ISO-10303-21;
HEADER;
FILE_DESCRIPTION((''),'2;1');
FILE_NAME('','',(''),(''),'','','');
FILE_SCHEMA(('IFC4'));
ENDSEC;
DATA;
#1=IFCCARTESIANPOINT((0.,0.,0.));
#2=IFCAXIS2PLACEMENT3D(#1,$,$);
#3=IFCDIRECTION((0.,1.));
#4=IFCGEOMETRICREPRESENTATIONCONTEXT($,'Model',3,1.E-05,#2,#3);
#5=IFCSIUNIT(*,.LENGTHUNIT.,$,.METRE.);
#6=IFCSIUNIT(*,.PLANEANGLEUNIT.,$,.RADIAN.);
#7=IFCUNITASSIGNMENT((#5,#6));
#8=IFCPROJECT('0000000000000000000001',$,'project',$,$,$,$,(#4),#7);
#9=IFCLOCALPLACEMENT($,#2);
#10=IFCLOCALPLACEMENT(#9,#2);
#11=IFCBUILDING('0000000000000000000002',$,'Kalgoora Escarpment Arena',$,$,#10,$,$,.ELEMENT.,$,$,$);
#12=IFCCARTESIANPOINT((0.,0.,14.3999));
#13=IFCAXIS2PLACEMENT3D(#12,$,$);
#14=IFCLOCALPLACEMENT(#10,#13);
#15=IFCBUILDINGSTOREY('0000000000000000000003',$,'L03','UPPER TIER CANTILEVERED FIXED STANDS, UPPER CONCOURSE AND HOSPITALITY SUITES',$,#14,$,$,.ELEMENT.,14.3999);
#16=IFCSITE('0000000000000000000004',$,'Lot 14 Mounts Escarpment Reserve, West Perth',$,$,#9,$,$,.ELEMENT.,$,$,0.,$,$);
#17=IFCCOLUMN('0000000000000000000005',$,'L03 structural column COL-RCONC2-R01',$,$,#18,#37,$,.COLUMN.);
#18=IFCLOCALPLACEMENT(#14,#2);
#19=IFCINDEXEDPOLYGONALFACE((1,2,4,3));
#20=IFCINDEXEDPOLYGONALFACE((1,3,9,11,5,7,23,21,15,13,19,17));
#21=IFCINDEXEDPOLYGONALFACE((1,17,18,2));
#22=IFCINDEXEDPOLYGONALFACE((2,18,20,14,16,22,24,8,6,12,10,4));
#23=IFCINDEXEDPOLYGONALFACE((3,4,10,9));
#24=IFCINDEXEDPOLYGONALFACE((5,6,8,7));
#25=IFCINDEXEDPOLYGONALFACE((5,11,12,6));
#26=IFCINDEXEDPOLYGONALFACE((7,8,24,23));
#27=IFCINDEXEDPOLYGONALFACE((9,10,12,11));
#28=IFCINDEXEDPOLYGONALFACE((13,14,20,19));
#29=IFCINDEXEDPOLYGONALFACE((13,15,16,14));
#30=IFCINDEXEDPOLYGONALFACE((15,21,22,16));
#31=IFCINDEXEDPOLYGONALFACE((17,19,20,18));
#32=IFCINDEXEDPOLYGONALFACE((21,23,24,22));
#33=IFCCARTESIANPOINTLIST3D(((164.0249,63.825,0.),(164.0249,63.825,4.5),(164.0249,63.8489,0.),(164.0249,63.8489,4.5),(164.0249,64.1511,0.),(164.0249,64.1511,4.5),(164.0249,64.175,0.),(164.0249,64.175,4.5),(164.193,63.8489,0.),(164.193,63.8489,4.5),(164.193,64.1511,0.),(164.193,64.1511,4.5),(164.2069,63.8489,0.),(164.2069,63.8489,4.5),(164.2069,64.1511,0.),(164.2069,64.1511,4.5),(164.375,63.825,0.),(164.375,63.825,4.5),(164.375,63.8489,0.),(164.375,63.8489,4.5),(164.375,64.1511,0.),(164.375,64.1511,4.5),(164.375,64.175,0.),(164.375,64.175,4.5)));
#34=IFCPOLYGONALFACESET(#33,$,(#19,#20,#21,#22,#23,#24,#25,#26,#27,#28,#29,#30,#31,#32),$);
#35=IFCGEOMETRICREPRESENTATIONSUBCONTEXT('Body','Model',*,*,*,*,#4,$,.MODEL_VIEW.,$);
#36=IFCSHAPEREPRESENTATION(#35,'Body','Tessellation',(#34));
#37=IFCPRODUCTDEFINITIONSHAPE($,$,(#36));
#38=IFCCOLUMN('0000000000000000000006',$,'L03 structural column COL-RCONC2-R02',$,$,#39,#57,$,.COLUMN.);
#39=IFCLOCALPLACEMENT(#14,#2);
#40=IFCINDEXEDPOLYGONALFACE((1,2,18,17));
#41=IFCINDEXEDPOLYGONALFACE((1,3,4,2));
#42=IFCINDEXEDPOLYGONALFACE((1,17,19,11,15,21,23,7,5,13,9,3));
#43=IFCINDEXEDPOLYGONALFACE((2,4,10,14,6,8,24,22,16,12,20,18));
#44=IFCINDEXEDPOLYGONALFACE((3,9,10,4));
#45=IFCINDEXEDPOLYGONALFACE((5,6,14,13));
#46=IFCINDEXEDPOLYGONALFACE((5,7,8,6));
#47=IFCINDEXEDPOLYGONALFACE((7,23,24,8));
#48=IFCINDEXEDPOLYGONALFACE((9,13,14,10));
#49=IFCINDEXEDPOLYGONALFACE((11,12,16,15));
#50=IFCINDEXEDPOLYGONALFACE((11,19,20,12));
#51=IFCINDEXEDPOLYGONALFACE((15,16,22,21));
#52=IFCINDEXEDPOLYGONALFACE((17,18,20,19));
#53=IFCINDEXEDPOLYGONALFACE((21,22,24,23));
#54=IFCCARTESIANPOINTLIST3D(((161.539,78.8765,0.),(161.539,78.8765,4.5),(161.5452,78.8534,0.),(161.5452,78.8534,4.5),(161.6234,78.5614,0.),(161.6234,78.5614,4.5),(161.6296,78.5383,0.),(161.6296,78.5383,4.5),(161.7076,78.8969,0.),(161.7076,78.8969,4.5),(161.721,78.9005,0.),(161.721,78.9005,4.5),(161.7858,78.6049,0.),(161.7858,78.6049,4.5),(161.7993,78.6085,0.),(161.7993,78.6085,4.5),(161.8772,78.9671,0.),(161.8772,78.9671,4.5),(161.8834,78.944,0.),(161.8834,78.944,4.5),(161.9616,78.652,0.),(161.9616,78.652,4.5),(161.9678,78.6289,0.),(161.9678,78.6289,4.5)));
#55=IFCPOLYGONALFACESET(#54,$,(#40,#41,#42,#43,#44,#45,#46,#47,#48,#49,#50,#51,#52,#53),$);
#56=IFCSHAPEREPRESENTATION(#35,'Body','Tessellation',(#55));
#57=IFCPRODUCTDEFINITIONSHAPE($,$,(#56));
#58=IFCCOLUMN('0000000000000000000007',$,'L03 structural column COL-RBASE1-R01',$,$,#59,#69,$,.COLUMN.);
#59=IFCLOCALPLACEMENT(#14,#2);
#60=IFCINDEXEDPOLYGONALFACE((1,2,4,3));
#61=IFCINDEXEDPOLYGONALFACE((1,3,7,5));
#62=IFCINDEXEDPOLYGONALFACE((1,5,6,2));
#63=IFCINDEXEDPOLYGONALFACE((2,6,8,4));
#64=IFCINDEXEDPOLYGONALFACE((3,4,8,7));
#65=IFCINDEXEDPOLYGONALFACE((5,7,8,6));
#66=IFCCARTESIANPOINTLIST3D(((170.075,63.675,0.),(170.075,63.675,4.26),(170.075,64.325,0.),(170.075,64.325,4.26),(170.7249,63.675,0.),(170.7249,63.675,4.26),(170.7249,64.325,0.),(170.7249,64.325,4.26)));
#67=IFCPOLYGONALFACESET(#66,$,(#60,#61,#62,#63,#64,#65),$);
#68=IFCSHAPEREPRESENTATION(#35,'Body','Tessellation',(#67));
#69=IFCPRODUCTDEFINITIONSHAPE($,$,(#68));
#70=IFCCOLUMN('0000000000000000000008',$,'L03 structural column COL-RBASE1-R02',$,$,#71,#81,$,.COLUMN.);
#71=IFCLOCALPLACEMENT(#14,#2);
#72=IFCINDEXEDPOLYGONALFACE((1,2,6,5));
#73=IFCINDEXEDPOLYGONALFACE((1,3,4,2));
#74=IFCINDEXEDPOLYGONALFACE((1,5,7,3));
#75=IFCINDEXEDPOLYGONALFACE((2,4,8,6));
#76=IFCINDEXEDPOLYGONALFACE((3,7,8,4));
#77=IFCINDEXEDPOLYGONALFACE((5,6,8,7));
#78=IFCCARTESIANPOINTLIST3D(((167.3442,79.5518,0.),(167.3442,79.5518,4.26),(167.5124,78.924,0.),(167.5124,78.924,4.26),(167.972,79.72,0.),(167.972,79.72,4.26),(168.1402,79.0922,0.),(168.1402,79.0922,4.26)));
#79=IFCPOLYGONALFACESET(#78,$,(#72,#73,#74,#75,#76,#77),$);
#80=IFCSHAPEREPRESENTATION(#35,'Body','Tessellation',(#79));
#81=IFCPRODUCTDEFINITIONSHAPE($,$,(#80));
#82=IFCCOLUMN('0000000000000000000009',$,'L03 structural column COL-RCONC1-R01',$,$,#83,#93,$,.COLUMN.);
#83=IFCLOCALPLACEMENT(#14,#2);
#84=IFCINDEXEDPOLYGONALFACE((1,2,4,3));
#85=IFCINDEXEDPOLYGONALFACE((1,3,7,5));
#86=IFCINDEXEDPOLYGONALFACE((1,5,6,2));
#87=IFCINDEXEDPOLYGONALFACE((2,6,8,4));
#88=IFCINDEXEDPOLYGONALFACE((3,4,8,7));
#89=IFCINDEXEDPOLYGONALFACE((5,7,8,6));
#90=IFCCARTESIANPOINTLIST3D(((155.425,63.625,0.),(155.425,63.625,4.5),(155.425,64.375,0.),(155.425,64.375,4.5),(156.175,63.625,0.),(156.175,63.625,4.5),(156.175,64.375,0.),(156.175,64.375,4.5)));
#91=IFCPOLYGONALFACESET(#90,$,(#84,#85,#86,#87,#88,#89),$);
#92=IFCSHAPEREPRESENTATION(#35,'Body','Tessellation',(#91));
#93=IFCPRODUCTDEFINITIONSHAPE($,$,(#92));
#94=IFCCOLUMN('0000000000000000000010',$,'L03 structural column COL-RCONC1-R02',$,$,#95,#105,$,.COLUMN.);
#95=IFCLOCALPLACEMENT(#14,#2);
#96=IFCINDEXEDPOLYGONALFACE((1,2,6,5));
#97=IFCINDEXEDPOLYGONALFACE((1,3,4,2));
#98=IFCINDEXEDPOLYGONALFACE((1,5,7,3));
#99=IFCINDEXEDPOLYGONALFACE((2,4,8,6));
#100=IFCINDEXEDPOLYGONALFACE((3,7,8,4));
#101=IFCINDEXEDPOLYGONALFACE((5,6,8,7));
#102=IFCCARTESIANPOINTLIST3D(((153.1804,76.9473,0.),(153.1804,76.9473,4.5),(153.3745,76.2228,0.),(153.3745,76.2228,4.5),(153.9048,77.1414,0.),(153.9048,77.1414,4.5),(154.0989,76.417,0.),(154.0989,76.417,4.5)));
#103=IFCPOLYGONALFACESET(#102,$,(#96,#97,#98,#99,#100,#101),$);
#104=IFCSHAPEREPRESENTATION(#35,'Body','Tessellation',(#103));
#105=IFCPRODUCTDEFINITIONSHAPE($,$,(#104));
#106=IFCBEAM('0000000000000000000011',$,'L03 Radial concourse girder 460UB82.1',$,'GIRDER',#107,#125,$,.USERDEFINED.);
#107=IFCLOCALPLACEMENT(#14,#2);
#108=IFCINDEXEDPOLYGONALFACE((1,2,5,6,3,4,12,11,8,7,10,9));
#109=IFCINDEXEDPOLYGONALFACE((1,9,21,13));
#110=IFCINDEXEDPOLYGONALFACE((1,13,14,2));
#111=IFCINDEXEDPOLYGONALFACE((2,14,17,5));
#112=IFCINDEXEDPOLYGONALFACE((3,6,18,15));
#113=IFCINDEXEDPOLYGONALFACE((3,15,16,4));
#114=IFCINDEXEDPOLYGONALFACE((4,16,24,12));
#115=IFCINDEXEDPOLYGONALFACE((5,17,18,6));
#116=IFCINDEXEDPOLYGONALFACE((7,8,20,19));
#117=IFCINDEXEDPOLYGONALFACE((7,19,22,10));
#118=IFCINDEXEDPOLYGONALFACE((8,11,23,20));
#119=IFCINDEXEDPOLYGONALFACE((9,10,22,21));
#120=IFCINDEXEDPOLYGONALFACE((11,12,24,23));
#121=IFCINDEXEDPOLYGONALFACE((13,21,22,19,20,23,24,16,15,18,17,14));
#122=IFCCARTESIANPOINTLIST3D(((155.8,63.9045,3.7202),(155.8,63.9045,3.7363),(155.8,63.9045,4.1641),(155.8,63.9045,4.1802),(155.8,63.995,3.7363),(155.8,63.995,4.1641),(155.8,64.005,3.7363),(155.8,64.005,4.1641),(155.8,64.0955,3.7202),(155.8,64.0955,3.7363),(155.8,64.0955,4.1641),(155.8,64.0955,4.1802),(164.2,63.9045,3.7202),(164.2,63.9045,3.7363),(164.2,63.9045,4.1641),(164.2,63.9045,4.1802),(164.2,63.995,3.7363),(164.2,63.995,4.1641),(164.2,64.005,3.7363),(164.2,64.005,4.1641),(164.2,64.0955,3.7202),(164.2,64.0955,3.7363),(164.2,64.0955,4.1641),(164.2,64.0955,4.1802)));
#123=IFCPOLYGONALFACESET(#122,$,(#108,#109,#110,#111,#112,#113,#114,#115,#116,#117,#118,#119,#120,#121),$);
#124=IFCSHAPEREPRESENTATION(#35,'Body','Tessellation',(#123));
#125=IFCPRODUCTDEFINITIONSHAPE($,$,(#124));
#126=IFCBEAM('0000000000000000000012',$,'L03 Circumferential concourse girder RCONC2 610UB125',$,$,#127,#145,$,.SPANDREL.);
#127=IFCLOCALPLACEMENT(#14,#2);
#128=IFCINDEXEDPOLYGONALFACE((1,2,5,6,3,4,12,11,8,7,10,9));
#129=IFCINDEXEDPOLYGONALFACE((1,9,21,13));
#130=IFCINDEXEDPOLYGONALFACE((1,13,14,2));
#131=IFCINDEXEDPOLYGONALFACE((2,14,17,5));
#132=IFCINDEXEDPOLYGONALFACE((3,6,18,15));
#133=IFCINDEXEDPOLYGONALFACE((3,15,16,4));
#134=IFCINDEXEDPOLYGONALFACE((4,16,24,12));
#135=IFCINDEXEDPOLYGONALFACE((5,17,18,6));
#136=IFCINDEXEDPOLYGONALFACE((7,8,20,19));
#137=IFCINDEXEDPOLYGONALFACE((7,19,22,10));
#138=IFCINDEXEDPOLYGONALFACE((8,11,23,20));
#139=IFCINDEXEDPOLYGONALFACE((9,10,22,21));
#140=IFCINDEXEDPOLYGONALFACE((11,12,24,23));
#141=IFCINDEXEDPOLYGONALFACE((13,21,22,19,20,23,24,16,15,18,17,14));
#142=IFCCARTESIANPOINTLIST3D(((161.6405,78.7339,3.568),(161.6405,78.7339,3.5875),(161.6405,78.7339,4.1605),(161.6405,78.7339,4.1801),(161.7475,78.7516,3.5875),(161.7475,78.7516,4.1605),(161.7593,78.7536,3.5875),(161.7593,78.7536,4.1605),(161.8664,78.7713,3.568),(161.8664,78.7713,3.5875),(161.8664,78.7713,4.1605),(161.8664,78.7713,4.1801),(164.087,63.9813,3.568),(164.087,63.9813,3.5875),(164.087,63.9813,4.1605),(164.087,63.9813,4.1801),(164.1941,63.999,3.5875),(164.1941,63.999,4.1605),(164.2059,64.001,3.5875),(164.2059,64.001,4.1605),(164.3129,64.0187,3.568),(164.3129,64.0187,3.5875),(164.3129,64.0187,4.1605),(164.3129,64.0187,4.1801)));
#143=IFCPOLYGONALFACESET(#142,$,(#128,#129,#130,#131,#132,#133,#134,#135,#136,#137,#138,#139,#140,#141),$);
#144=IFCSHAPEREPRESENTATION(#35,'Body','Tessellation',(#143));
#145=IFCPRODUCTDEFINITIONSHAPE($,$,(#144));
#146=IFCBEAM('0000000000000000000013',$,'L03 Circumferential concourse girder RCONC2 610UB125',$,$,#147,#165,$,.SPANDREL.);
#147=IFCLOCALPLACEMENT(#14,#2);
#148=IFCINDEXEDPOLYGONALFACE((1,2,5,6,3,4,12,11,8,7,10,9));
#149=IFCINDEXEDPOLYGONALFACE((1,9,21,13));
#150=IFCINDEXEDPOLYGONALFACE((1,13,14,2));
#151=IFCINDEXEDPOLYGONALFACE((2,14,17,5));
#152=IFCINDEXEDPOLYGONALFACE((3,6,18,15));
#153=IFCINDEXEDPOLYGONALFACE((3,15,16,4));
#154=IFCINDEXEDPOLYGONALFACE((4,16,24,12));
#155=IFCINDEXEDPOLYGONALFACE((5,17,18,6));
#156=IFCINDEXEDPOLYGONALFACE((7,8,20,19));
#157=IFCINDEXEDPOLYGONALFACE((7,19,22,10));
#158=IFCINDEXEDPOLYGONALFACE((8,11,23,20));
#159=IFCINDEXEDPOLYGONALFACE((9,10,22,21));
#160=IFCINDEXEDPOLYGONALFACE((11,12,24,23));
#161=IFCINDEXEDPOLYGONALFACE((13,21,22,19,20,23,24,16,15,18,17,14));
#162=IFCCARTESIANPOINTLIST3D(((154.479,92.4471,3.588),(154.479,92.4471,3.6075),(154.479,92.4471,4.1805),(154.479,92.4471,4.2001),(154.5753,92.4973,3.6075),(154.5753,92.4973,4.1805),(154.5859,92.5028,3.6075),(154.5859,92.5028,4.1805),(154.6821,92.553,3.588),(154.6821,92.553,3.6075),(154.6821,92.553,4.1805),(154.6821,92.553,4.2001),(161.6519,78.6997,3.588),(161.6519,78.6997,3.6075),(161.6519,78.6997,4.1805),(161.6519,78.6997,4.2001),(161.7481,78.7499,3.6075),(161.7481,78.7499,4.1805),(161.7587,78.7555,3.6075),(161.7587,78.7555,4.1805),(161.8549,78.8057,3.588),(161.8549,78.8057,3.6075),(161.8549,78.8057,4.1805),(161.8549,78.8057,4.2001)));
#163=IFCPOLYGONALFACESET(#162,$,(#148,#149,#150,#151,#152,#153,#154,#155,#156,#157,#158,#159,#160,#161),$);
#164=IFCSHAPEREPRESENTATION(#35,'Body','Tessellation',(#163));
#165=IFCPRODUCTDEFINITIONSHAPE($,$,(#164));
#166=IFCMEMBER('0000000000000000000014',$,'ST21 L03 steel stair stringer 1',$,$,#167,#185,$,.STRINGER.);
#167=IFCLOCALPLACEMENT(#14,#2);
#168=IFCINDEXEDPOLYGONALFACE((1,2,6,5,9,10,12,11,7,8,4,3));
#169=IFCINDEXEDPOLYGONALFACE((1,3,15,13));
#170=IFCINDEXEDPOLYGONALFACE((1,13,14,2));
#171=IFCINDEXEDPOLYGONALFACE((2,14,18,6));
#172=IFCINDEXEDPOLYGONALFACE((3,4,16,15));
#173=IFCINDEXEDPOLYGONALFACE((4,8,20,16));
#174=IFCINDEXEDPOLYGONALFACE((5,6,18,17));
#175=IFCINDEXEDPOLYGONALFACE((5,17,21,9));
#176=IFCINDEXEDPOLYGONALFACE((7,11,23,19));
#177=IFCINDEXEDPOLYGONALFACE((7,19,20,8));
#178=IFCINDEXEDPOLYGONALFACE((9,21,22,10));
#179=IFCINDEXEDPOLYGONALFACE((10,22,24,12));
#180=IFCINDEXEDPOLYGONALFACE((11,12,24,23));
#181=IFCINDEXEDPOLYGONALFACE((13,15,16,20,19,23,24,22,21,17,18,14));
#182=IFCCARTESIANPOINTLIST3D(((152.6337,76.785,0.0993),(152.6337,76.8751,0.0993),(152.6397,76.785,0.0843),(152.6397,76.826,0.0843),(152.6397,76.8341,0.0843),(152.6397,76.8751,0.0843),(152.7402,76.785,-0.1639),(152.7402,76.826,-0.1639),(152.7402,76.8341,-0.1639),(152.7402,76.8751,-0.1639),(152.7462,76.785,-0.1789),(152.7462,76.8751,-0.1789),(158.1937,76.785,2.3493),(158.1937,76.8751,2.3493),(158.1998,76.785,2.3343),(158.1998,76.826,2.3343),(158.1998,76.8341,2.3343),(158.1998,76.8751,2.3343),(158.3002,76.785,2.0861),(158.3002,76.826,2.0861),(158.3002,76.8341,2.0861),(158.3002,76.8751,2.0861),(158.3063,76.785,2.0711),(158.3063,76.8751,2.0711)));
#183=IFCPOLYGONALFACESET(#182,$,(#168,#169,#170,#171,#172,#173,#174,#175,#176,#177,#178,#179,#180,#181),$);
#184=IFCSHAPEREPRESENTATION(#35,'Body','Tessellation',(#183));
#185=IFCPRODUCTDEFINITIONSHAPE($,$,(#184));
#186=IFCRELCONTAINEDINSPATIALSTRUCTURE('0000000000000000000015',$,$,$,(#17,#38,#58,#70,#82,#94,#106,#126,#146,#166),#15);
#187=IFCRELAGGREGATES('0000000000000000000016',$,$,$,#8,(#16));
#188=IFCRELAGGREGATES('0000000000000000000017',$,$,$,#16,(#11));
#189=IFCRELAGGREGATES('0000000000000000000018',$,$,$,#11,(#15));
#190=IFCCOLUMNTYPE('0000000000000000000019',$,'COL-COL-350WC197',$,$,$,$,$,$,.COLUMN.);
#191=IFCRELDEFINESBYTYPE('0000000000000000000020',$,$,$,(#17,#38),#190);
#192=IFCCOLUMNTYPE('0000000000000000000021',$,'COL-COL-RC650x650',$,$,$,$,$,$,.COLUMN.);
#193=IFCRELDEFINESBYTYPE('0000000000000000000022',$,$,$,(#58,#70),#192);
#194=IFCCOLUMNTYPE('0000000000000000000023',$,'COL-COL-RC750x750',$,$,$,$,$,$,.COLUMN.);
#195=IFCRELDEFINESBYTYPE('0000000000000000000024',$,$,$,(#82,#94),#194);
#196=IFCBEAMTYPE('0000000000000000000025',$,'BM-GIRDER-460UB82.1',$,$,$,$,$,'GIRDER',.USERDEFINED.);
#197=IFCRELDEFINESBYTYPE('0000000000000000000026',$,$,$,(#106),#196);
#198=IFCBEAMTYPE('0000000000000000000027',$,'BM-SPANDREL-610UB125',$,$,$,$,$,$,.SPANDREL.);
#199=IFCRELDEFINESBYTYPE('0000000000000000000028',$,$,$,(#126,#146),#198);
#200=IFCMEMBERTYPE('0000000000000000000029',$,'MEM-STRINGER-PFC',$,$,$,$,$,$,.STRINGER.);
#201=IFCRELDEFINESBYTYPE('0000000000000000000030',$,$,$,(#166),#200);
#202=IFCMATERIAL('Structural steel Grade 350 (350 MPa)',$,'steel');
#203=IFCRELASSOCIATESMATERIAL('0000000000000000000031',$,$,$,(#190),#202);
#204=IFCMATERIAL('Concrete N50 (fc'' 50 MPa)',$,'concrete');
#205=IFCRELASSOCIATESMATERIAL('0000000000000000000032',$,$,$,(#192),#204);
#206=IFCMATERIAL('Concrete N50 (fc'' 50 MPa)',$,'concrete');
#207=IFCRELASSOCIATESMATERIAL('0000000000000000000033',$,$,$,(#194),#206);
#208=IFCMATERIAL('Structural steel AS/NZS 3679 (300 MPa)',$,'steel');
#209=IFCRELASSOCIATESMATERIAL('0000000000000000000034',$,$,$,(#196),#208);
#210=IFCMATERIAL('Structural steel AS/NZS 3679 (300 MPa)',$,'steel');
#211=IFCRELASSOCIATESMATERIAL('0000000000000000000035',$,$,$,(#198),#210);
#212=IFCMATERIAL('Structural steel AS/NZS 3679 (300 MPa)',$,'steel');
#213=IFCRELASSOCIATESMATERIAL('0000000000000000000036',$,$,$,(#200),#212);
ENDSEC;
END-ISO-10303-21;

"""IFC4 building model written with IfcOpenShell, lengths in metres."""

from ifc_helpers import new_model, si_unit, direction, frame, origin, origin_2d, place, context, subcontext, project, spatial, rectangle, i_section, extrude, material, material_profile, profile_set, type_object, element, save


model = new_model("IFC4")

# Units and contexts
model_context = context("Model", 3, precision=1e-05, world=origin(), true_north=direction((0.0, 1.0)))
body_context = subcontext(model_context, "Body", "Model", "MODEL_VIEW")
ifc_project = project(units=[si_unit("LENGTHUNIT", "METRE"), si_unit("PLANEANGLEUNIT", "RADIAN")], contexts=[model_context])

# Site, building, storey
site_placement = place(None, origin())
site = spatial("IfcSite", under=ifc_project, at=site_placement, Name="Lot 14 Mounts Escarpment Reserve, West Perth", CompositionType="ELEMENT", RefElevation=0.0)
building_placement = place(site_placement, origin())
building = spatial("IfcBuilding", under=site, at=building_placement, Name="Kalgoora Escarpment Arena", CompositionType="ELEMENT")
storey_placement = place(building_placement, frame((0.0, 0.0, 14.3999)))
storey = spatial("IfcBuildingStorey", under=building, at=storey_placement, Name="L03", Description="UPPER TIER CANTILEVERED FIXED STANDS, UPPER CONCOURSE AND HOSPITALITY SUITES", CompositionType="ELEMENT", Elevation=14.3999)

# Columns
ifc_material_1 = material(Name="Structural steel Grade 350 (350 MPa)", Category="steel")
ifc_material_profile_1 = material_profile(ifc_material_1, i_section(OverallWidth=0.3501, OverallDepth=0.3501, WebThickness=0.0139, FlangeThickness=0.0239, at=origin_2d()))
ifc_profile_set_1 = profile_set([ifc_material_profile_1], Name="Structural steel Grade 350 (350 MPa)")
column_type_1 = type_object("IfcColumnType", Name="COL-COL-350WC197", PredefinedType="COLUMN", material=ifc_profile_set_1)
for number, where, z_axis, x_axis, name in (
    (1, (164.2, 64.0, 0.0), (0.0, 0.0, 1.0), (1.0, 0.0, 0.0), "L03 structural column COL-RCONC2-R01"),
    (2, (161.7534, 78.7527, 0.0), (0.0, 0.0, 1.0), (0.965926, 0.258819, 0.0), "L03 structural column COL-RCONC2-R02"),
):
    element("IfcColumn", number, at=place(storey_placement, frame(where, z_axis=z_axis, x_axis=x_axis)), inside=storey, type_object=column_type_1, Name=name, PredefinedType="COLUMN", context=body_context, shape_type="SweptSolid", body=[
        extrude(i_section(OverallWidth=0.3501, OverallDepth=0.3501, WebThickness=0.0139, FlangeThickness=0.0239, at=origin_2d()), origin(), (0.0, 0.0, 1.0), 4.5),
    ])
ifc_material_2 = material(Name="Concrete N50 (fc' 50 MPa)", Category="concrete")
ifc_material_profile_2 = material_profile(ifc_material_2, rectangle(XDim=0.6499, YDim=0.6499, at=origin_2d()))
ifc_profile_set_2 = profile_set([ifc_material_profile_2], Name="Concrete N50 (fc' 50 MPa)")
column_type_2 = type_object("IfcColumnType", Name="COL-COL-RC650x650", PredefinedType="COLUMN", material=ifc_profile_set_2)
for number, where, z_axis, x_axis, name in (
    (3, (170.3999, 64.0, 0.0), (0.0, 0.0, 1.0), (1.0, 0.0, 0.0), "L03 structural column COL-RBASE1-R01"),
    (4, (167.7422, 79.322, 0.0), (0.0, 0.0, 1.0), (0.965926, 0.258819, 0.0), "L03 structural column COL-RBASE1-R02"),
):
    element("IfcColumn", number, at=place(storey_placement, frame(where, z_axis=z_axis, x_axis=x_axis)), inside=storey, type_object=column_type_2, Name=name, PredefinedType="COLUMN", context=body_context, shape_type="SweptSolid", body=[
        extrude(rectangle(XDim=0.6499, YDim=0.6499, at=origin_2d()), origin(), (0.0, 0.0, 1.0), 4.26),
    ])
ifc_material_3 = material(Name="Concrete N50 (fc' 50 MPa)", Category="concrete")
ifc_material_profile_3 = material_profile(ifc_material_3, rectangle(XDim=0.75, YDim=0.75, at=origin_2d()))
ifc_profile_set_3 = profile_set([ifc_material_profile_3], Name="Concrete N50 (fc' 50 MPa)")
column_type_3 = type_object("IfcColumnType", Name="COL-COL-RC750x750", PredefinedType="COLUMN", material=ifc_profile_set_3)
for number, where, z_axis, x_axis, name in (
    (5, (155.8, 64.0, 0.0), (0.0, 0.0, 1.0), (1.0, 0.0, 0.0), "L03 structural column COL-RCONC1-R01"),
    (6, (153.6396, 76.6821, 0.0), (0.0, 0.0, 1.0), (0.965926, 0.258819, 0.0), "L03 structural column COL-RCONC1-R02"),
):
    element("IfcColumn", number, at=place(storey_placement, frame(where, z_axis=z_axis, x_axis=x_axis)), inside=storey, type_object=column_type_3, Name=name, PredefinedType="COLUMN", context=body_context, shape_type="SweptSolid", body=[
        extrude(rectangle(XDim=0.75, YDim=0.75, at=origin_2d()), origin(), (0.0, 0.0, 1.0), 4.5),
    ])

# Beams
ifc_material_4 = material(Name="Structural steel AS/NZS 3679 (300 MPa)", Category="steel")
ifc_material_profile_4 = material_profile(ifc_material_4, i_section(OverallWidth=0.1909, OverallDepth=0.46, WebThickness=0.01, FlangeThickness=0.0161, at=origin_2d()))
ifc_profile_set_4 = profile_set([ifc_material_profile_4], Name="Structural steel AS/NZS 3679 (300 MPa)")
beam_type_1 = type_object("IfcBeamType", Name="BM-GIRDER-460UB82.1", ElementType="GIRDER", PredefinedType="USERDEFINED", material=ifc_profile_set_4)
beam_1_placement = place(storey_placement, frame((155.8, 64.0, 3.9502), z_axis=(1.0, 0.0, 0.0), x_axis=(0.0, 1.0, 0.0)))
element("IfcBeam", 7, at=beam_1_placement, inside=storey, type_object=beam_type_1, Name="L03 Radial concourse girder 460UB82.1", ObjectType="GIRDER", PredefinedType="USERDEFINED", context=body_context, shape_type="SweptSolid", body=[
    extrude(i_section(OverallWidth=0.1909, OverallDepth=0.46, WebThickness=0.01, FlangeThickness=0.0161, at=origin_2d()), origin(), (0.0, 0.0, 1.0), 8.3999),
])
ifc_material_5 = material(Name="Structural steel AS/NZS 3679 (300 MPa)", Category="steel")
ifc_material_profile_5 = material_profile(ifc_material_5, i_section(OverallWidth=0.229, OverallDepth=0.6121, WebThickness=0.012, FlangeThickness=0.0195, at=origin_2d()))
ifc_profile_set_5 = profile_set([ifc_material_profile_5], Name="Structural steel AS/NZS 3679 (300 MPa)")
beam_type_2 = type_object("IfcBeamType", Name="BM-SPANDREL-610UB125", PredefinedType="SPANDREL", material=ifc_profile_set_5)
beam_2_placement = place(storey_placement, frame((164.2, 64.0, 3.874), z_axis=(-0.163602, 0.986526, 0.0), x_axis=(-0.986526, -0.163602, 0.0)))
element("IfcBeam", 8, at=beam_2_placement, inside=storey, type_object=beam_type_2, Name="L03 Circumferential concourse girder RCONC2 610UB125", PredefinedType="SPANDREL", context=body_context, shape_type="SweptSolid", body=[
    extrude(i_section(OverallWidth=0.229, OverallDepth=0.6121, WebThickness=0.012, FlangeThickness=0.0195, at=origin_2d()), origin(), (0.0, 0.0, 1.0), 14.9541),
])
beam_3_placement = place(storey_placement, frame((161.7534, 78.7527, 3.894), z_axis=(-0.462583, 0.886576, 0.0), x_axis=(-0.886576, -0.462583, 0.0)))
element("IfcBeam", 9, at=beam_3_placement, inside=storey, type_object=beam_type_2, Name="L03 Circumferential concourse girder RCONC2 610UB125", PredefinedType="SPANDREL", context=body_context, shape_type="SweptSolid", body=[
    extrude(i_section(OverallWidth=0.229, OverallDepth=0.6121, WebThickness=0.012, FlangeThickness=0.0195, at=origin_2d()), origin(), (0.0, 0.0, 1.0), 15.5061),
])

# Member
ifc_material_6 = material(Name="Structural steel AS/NZS 3679 (300 MPa)", Category="steel")
ifc_material_profile_6 = material_profile(ifc_material_6, i_section(OverallWidth=0.0901, OverallDepth=0.3, WebThickness=0.0081, FlangeThickness=0.0161, at=origin_2d()))
ifc_profile_set_6 = profile_set([ifc_material_profile_6], Name="Structural steel AS/NZS 3679 (300 MPa)")
member_type = type_object("IfcMemberType", Name="MEM-STRINGER-PFC", PredefinedType="STRINGER", material=ifc_profile_set_6)
for number, where, z_axis, x_axis, name in (
    (10, (152.6899, 76.8301, -0.0398), (0.926976, 0.0, 0.375121), (0.0, 1.0, 0.0), "ST21 L03 steel stair stringer 1"),
):
    element("IfcMember", number, at=place(storey_placement, frame(where, z_axis=z_axis, x_axis=x_axis)), inside=storey, type_object=member_type, Name=name, PredefinedType="STRINGER", context=body_context, shape_type="SweptSolid", body=[
        extrude(i_section(OverallWidth=0.0901, OverallDepth=0.3, WebThickness=0.0081, FlangeThickness=0.0161, at=origin_2d()), origin(), (0.0, 0.0, 1.0), 5.998),
    ])

save(model, "model.ifc")
